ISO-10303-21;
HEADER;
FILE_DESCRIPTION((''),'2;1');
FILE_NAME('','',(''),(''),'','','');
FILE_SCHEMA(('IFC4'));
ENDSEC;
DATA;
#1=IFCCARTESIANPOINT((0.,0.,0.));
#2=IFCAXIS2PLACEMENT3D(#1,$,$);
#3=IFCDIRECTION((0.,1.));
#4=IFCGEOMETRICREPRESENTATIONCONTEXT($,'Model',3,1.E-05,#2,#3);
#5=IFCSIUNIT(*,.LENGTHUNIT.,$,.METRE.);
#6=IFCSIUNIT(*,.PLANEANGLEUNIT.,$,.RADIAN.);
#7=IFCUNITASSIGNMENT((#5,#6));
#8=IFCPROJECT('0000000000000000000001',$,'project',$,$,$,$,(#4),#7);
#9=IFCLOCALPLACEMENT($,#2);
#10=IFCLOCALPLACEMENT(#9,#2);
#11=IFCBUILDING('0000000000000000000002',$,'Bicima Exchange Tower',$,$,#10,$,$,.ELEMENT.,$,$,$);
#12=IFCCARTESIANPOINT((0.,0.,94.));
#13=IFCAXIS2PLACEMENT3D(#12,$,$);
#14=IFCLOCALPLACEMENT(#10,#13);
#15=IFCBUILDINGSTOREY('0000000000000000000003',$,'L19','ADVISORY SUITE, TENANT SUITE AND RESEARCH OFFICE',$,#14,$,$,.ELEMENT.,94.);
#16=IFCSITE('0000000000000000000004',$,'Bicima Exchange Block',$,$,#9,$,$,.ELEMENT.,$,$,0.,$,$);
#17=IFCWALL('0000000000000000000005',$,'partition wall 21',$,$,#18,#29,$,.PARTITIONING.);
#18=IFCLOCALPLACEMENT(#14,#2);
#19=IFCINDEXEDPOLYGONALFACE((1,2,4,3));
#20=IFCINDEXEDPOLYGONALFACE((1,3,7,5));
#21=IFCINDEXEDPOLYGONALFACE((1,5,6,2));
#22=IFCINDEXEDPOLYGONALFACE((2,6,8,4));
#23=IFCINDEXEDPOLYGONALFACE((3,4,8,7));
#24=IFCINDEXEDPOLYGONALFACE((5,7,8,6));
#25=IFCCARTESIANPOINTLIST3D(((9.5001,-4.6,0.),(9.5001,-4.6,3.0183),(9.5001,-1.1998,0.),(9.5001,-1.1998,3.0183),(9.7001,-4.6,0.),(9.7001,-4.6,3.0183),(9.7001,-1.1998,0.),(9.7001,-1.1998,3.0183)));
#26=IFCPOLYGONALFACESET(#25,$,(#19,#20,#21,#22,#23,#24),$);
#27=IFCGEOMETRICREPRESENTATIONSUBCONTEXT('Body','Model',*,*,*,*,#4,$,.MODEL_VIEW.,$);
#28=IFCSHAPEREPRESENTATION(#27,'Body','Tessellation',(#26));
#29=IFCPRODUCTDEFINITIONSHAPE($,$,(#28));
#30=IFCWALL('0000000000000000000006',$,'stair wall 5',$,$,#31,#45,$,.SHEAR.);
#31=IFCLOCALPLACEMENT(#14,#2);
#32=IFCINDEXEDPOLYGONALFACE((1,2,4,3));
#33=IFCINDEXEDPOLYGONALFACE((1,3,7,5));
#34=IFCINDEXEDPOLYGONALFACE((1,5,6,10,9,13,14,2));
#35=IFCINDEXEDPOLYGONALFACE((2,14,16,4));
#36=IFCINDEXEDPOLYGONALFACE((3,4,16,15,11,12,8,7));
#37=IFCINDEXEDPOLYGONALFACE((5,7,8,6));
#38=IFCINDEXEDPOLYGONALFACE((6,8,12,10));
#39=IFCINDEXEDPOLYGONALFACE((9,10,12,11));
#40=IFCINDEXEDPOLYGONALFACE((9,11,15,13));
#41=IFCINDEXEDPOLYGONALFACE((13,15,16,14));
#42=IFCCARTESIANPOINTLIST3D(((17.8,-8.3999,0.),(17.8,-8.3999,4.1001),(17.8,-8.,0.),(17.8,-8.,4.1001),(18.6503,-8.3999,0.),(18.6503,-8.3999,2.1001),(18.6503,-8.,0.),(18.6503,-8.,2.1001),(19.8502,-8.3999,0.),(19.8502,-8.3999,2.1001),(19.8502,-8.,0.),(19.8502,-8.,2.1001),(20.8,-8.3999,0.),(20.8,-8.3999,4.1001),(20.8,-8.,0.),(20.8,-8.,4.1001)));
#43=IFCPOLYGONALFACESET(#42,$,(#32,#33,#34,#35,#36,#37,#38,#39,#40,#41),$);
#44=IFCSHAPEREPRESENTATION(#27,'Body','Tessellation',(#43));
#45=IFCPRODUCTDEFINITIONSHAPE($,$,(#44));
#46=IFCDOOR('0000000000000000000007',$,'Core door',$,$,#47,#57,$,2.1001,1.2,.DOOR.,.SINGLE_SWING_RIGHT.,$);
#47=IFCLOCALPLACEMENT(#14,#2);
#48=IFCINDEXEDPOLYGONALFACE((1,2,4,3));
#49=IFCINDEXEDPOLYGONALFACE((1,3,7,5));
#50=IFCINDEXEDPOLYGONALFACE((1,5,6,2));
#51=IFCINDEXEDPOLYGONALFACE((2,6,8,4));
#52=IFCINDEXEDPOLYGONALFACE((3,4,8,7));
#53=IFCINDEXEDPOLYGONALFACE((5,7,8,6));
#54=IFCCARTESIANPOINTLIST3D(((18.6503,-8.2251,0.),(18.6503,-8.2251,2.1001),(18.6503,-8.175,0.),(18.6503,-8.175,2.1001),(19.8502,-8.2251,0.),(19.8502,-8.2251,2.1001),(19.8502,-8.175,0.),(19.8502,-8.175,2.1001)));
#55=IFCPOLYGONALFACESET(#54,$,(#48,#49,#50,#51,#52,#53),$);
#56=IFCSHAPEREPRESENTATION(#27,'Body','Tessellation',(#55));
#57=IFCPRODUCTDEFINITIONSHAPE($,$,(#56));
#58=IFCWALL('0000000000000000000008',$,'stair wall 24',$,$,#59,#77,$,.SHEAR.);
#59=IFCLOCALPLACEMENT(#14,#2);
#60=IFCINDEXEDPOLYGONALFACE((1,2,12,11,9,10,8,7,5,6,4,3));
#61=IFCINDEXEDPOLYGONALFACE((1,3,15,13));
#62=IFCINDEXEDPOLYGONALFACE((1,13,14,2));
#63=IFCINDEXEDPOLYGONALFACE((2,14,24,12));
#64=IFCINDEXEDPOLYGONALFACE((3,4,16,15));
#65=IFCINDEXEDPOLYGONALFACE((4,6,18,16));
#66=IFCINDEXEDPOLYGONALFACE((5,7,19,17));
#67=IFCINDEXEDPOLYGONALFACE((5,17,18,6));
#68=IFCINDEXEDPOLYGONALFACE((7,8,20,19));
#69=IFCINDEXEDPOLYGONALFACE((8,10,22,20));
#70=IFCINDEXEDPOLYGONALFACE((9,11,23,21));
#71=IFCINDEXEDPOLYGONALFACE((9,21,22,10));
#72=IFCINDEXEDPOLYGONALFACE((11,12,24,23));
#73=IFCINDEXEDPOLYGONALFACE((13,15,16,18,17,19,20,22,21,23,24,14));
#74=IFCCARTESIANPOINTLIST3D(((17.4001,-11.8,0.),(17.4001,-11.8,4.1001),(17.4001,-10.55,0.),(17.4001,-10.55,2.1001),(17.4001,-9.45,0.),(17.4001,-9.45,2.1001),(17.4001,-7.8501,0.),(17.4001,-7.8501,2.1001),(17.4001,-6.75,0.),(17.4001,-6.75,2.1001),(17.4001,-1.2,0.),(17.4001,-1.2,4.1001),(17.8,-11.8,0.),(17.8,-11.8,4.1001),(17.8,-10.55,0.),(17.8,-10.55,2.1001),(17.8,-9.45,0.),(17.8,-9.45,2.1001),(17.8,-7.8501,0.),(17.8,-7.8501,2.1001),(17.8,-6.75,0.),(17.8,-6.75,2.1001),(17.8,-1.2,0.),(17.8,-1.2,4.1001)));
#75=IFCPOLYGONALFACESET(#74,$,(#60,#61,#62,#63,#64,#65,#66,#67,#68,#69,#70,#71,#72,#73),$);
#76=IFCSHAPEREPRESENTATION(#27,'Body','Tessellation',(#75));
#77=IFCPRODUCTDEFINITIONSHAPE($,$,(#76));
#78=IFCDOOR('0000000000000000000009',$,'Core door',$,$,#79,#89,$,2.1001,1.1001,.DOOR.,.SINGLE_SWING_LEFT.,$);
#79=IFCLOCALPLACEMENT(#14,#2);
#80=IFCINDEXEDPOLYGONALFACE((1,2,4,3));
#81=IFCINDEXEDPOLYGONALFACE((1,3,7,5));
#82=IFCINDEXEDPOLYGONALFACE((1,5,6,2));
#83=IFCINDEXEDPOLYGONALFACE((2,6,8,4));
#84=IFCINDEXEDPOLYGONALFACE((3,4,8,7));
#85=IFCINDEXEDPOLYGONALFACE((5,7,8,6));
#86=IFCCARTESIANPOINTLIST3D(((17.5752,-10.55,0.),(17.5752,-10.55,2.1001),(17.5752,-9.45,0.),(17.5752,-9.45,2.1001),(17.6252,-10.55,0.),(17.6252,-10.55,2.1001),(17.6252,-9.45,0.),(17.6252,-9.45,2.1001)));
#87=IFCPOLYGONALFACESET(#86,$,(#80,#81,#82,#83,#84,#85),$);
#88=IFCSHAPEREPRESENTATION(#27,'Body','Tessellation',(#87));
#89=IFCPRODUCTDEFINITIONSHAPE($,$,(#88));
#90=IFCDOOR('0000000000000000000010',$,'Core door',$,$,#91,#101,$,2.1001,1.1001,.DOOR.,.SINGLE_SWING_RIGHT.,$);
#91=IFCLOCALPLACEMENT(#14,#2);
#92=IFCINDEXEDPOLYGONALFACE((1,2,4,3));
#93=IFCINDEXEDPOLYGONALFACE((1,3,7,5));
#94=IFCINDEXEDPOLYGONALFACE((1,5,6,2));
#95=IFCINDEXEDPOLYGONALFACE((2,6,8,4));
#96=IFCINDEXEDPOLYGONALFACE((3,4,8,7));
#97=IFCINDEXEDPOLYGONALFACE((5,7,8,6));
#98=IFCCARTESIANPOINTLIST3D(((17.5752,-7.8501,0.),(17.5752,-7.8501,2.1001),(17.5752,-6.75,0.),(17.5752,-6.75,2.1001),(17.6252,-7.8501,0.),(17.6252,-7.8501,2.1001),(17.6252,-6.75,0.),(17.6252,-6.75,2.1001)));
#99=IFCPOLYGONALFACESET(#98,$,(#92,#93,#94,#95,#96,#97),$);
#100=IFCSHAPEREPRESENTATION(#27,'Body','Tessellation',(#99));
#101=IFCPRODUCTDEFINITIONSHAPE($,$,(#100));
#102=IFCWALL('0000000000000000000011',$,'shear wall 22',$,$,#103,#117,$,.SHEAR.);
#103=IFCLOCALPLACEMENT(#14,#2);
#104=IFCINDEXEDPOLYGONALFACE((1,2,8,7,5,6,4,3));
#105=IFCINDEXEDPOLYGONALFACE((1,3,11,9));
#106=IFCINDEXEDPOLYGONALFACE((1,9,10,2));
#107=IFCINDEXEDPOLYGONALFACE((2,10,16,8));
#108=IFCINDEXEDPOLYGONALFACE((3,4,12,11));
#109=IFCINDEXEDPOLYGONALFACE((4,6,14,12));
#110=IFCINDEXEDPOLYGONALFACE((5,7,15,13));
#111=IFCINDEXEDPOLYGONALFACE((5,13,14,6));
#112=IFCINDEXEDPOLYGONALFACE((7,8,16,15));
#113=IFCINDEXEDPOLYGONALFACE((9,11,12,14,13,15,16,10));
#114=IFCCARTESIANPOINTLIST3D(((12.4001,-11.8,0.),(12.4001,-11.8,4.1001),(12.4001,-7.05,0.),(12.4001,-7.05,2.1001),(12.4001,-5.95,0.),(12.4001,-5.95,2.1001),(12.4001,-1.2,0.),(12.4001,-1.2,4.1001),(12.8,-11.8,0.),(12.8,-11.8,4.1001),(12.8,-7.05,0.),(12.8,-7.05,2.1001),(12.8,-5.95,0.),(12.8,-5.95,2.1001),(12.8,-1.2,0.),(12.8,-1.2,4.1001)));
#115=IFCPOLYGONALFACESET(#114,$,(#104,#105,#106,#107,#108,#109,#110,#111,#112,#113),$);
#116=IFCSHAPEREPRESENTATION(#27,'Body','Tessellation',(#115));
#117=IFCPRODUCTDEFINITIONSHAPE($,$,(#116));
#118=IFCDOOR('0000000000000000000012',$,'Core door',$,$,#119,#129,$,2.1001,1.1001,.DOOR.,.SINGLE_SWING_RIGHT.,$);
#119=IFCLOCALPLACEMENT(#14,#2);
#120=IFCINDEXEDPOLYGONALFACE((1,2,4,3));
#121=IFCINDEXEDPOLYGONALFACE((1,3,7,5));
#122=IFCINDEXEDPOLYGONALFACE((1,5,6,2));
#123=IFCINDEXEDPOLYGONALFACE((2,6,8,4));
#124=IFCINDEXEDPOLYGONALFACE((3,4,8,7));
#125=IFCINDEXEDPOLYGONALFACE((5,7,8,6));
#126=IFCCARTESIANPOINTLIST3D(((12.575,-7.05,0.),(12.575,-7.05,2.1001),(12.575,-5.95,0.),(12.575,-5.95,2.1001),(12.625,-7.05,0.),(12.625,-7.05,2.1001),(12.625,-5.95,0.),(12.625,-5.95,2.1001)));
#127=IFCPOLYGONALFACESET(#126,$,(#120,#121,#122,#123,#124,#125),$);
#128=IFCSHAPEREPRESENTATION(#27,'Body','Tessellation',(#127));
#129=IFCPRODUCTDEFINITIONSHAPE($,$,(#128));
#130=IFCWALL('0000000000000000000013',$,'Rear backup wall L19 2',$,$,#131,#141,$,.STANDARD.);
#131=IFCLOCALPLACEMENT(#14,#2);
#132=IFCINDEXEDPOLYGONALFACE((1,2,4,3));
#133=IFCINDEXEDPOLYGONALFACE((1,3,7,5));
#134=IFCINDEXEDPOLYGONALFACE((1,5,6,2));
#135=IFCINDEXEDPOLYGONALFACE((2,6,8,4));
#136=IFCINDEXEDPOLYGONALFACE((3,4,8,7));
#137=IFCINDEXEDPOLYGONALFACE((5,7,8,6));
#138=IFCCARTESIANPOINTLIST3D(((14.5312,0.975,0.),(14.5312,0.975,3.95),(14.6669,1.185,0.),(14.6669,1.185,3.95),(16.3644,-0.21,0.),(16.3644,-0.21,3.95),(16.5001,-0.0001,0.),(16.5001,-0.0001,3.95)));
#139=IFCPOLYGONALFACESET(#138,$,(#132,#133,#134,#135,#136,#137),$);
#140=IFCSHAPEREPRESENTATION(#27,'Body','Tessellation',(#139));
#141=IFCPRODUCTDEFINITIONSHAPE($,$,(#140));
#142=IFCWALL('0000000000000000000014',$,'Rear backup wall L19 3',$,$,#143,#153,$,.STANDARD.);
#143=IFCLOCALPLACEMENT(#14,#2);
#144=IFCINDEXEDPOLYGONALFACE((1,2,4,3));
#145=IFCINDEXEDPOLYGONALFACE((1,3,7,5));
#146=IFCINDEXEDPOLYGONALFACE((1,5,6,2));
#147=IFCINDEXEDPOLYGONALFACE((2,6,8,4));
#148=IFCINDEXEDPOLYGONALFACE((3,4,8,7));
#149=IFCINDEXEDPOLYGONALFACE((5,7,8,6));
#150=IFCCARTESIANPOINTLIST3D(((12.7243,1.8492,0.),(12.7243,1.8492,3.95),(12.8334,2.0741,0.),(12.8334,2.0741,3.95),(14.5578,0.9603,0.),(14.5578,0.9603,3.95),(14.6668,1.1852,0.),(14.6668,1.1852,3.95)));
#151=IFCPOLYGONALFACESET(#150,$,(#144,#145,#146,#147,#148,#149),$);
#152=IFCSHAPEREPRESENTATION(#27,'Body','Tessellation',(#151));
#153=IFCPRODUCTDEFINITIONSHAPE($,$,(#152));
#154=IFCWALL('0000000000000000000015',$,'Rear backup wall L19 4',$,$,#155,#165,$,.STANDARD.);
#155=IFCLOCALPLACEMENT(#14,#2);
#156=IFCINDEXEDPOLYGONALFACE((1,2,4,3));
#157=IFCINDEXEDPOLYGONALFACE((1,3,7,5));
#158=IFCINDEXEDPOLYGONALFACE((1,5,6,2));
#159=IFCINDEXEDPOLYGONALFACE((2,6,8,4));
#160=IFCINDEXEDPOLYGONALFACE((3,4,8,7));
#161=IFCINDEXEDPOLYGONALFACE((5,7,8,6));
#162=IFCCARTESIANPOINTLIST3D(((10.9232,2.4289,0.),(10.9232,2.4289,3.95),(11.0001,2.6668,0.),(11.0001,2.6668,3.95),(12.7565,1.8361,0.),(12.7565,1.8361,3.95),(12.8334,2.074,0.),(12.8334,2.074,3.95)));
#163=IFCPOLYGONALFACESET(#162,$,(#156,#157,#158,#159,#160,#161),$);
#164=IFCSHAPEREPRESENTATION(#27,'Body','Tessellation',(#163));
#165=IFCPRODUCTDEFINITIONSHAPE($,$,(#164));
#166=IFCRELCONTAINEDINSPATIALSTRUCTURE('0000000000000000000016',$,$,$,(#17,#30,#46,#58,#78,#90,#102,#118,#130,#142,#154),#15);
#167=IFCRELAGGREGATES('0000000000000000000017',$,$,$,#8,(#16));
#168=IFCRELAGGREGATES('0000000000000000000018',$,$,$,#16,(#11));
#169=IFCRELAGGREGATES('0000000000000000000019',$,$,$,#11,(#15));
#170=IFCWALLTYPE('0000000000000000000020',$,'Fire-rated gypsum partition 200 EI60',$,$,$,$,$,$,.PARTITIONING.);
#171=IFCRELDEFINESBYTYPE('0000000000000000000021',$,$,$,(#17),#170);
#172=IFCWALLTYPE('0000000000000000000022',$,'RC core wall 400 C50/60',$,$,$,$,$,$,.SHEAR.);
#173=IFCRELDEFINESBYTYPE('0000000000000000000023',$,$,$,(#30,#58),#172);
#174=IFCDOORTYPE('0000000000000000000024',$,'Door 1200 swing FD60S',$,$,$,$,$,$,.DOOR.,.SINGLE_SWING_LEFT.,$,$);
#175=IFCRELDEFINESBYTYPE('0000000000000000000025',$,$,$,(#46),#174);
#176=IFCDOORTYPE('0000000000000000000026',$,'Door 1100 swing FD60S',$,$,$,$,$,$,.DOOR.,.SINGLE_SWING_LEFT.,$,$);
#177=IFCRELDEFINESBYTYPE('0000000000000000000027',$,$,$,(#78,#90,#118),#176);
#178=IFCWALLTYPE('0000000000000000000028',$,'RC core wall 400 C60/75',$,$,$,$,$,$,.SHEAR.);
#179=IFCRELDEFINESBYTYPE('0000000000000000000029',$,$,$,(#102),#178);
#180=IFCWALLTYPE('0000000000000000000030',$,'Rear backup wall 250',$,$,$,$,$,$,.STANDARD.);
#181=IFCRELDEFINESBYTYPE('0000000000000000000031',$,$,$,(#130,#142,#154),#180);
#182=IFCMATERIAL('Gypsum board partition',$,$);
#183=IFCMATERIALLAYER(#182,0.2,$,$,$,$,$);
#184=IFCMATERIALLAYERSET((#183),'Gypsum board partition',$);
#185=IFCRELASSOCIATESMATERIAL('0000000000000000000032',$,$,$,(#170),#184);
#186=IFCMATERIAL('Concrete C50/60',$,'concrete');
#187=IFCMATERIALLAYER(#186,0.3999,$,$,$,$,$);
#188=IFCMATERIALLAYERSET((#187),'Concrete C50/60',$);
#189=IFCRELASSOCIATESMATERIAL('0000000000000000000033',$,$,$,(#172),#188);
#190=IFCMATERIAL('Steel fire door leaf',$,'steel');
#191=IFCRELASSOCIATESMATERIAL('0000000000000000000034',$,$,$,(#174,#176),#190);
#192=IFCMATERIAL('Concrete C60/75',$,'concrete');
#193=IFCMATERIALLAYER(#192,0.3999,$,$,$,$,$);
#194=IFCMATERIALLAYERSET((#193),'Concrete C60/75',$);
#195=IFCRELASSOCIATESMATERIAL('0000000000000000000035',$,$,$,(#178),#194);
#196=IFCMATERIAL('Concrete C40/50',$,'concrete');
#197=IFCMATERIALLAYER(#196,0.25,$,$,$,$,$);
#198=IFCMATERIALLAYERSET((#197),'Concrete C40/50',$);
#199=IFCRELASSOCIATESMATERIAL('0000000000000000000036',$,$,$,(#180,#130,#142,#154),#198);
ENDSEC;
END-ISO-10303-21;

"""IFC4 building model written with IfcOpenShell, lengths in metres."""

from ifc_helpers import new_model, si_unit, direction, frame, frame_2d, origin, place, context, subcontext, project, spatial, rectangle, extrude, material, layer, layer_set, layer_usage, type_object, element, fill, save


model = new_model("IFC4")

# Units and contexts
model_context = context("Model", 3, precision=1e-05, world=origin(), true_north=direction((0.0, 1.0)))
body_context = subcontext(model_context, "Body", "Model", "MODEL_VIEW")
ifc_project = project(units=[si_unit("LENGTHUNIT", "METRE"), si_unit("PLANEANGLEUNIT", "RADIAN")], contexts=[model_context])

# Site, building, storey
site_placement = place(None, origin())
site = spatial("IfcSite", under=ifc_project, at=site_placement, Name="Bicima Exchange Block", CompositionType="ELEMENT", RefElevation=0.0)
building_placement = place(site_placement, origin())
building = spatial("IfcBuilding", under=site, at=building_placement, Name="Bicima Exchange Tower", CompositionType="ELEMENT")
storey_placement = place(building_placement, frame((0.0, 0.0, 94.0)))
storey = spatial("IfcBuildingStorey", under=building, at=storey_placement, Name="L19", Description="ADVISORY SUITE, TENANT SUITE AND RESEARCH OFFICE", CompositionType="ELEMENT", Elevation=94.0)

# Wall
ifc_material_1 = material(Name="Gypsum board partition")
ifc_layer_1 = layer(ifc_material_1, 0.2)
ifc_layer_set_1 = layer_set([ifc_layer_1], Name="Gypsum board partition")
wall_type_1 = type_object("IfcWallType", Name="Fire-rated gypsum partition 200 EI60", PredefinedType="PARTITIONING", material=ifc_layer_set_1)
wall_1_placement = place(storey_placement, frame((9.6001, -4.6001, 0.0), z_axis=(0.0, 0.0, 1.0), x_axis=(0.0, 1.0, 0.0)))
element("IfcWall", 1, at=wall_1_placement, inside=storey, type_object=wall_type_1, Name="partition wall 21", PredefinedType="PARTITIONING", context=body_context, shape_type="SweptSolid", body=[
    extrude(rectangle(XDim=3.4001, YDim=0.2, at=frame_2d((1.7002, 0.0))), origin(), (0.0, 0.0, 1.0), 3.0183),
])

# Wall, opening, door
ifc_material_2 = material(Name="Concrete C50/60", Category="concrete")
ifc_layer_2 = layer(ifc_material_2, 0.3999)
ifc_layer_set_2 = layer_set([ifc_layer_2], Name="Concrete C50/60")
wall_type_2 = type_object("IfcWallType", Name="RC core wall 400 C50/60", PredefinedType="SHEAR", material=ifc_layer_set_2)
wall_2_placement = place(storey_placement, frame((17.8, -8.2, 0.0), z_axis=(0.0, 0.0, 1.0), x_axis=(1.0, 0.0, 0.0)))
wall_2 = element("IfcWall", 2, at=wall_2_placement, inside=storey, type_object=wall_type_2, Name="stair wall 5", PredefinedType="SHEAR", context=body_context, shape_type="SweptSolid", body=[
    extrude(rectangle(XDim=3.0, YDim=0.3999, at=frame_2d((1.5, 0.0))), origin(), (0.0, 0.0, 1.0), 4.1001),
])
opening_1_placement = place(wall_2_placement, frame((0.8501, 0.0, 0.0)))
opening_1 = element("IfcOpeningElement", 3, at=opening_1_placement, cuts=wall_2, PredefinedType="OPENING", context=body_context, shape_type="SweptSolid", body=[
    extrude(rectangle(XDim=1.2, YDim=2.1001, at=frame_2d((0.6001, 1.05))), frame((0.0, 0.2119, 0.0), z_axis=(0.0, -1.0, 0.0), x_axis=(1.0, 0.0, 0.0)), (0.0, 0.0, 1.0), 0.4238),
])
ifc_material_3 = material(Name="Steel fire door leaf", Category="steel")
door_type_1 = type_object("IfcDoorType", Name="Door 1200 swing FD60S", OperationType="SINGLE_SWING_LEFT", PredefinedType="DOOR", material=ifc_material_3)
door_1_placement = place(opening_1_placement, origin())
door_1 = element("IfcDoor", 4, at=door_1_placement, inside=storey, type_object=door_type_1, Name="Core door", OperationType="SINGLE_SWING_RIGHT", OverallHeight=2.1001, OverallWidth=1.2, PredefinedType="DOOR", context=body_context, shape_type="SweptSolid", body=[
    extrude(rectangle(XDim=1.2, YDim=2.1001, at=frame_2d((0.6001, 1.05))), frame((0.0, 0.0249, 0.0), z_axis=(0.0, -1.0, 0.0), x_axis=(1.0, 0.0, 0.0)), (0.0, 0.0, 1.0), 0.05),
])
fill(opening_1, door_1)

# Wall, openings, doors
wall_3_placement = place(storey_placement, frame((17.6001, -11.8, 0.0), z_axis=(0.0, 0.0, 1.0), x_axis=(0.0, 1.0, 0.0)))
wall_3 = element("IfcWall", 5, at=wall_3_placement, inside=storey, type_object=wall_type_2, Name="stair wall 24", PredefinedType="SHEAR", context=body_context, shape_type="SweptSolid", body=[
    extrude(rectangle(XDim=10.6001, YDim=0.3999, at=frame_2d((5.3, 0.0))), origin(), (0.0, 0.0, 1.0), 4.1001),
])
opening_2_placement = place(wall_3_placement, frame((1.25, 0.0, 0.0)))
opening_2 = element("IfcOpeningElement", 6, at=opening_2_placement, cuts=wall_3, PredefinedType="OPENING", context=body_context, shape_type="SweptSolid", body=[
    extrude(rectangle(XDim=1.1001, YDim=2.1001, at=frame_2d((0.55, 1.05))), frame((0.0, 0.2119, 0.0), z_axis=(0.0, -1.0, 0.0), x_axis=(1.0, 0.0, 0.0)), (0.0, 0.0, 1.0), 0.4238),
])
opening_3_placement = place(wall_3_placement, frame((3.95, 0.0, 0.0)))
opening_3 = element("IfcOpeningElement", 7, at=opening_3_placement, cuts=wall_3, PredefinedType="OPENING", context=body_context, shape_type="SweptSolid", body=[
    extrude(rectangle(XDim=1.1001, YDim=2.1001, at=frame_2d((0.55, 1.05))), frame((0.0, 0.2119, 0.0), z_axis=(0.0, -1.0, 0.0), x_axis=(1.0, 0.0, 0.0)), (0.0, 0.0, 1.0), 0.4238),
])
door_type_2 = type_object("IfcDoorType", Name="Door 1100 swing FD60S", OperationType="SINGLE_SWING_LEFT", PredefinedType="DOOR", material=ifc_material_3)
door_2_placement = place(opening_2_placement, origin())
door_2 = element("IfcDoor", 8, at=door_2_placement, inside=storey, type_object=door_type_2, Name="Core door", OperationType="SINGLE_SWING_LEFT", OverallHeight=2.1001, OverallWidth=1.1001, PredefinedType="DOOR", context=body_context, shape_type="SweptSolid", body=[
    extrude(rectangle(XDim=1.1001, YDim=2.1001, at=frame_2d((0.55, 1.05))), frame((0.0, 0.0249, 0.0), z_axis=(0.0, -1.0, 0.0), x_axis=(1.0, 0.0, 0.0)), (0.0, 0.0, 1.0), 0.05),
])
fill(opening_2, door_2)
door_3_placement = place(opening_3_placement, origin())
door_3 = element("IfcDoor", 9, at=door_3_placement, inside=storey, type_object=door_type_2, Name="Core door", OperationType="SINGLE_SWING_RIGHT", OverallHeight=2.1001, OverallWidth=1.1001, PredefinedType="DOOR", context=body_context, shape_type="SweptSolid", body=[
    extrude(rectangle(XDim=1.1001, YDim=2.1001, at=frame_2d((0.55, 1.05))), frame((0.0, 0.0249, 0.0), z_axis=(0.0, -1.0, 0.0), x_axis=(1.0, 0.0, 0.0)), (0.0, 0.0, 1.0), 0.05),
])
fill(opening_3, door_3)

# Wall, opening, door
ifc_material_4 = material(Name="Concrete C60/75", Category="concrete")
ifc_layer_3 = layer(ifc_material_4, 0.3999)
ifc_layer_set_3 = layer_set([ifc_layer_3], Name="Concrete C60/75")
wall_type_3 = type_object("IfcWallType", Name="RC core wall 400 C60/75", PredefinedType="SHEAR", material=ifc_layer_set_3)
wall_4_placement = place(storey_placement, frame((12.6001, -11.8, 0.0), z_axis=(0.0, 0.0, 1.0), x_axis=(0.0, 1.0, 0.0)))
wall_4 = element("IfcWall", 10, at=wall_4_placement, inside=storey, type_object=wall_type_3, Name="shear wall 22", PredefinedType="SHEAR", context=body_context, shape_type="SweptSolid", body=[
    extrude(rectangle(XDim=10.6001, YDim=0.3999, at=frame_2d((5.3, 0.0))), origin(), (0.0, 0.0, 1.0), 4.1001),
])
opening_4_placement = place(wall_4_placement, frame((4.75, 0.0, 0.0)))
opening_4 = element("IfcOpeningElement", 11, at=opening_4_placement, cuts=wall_4, PredefinedType="OPENING", context=body_context, shape_type="SweptSolid", body=[
    extrude(rectangle(XDim=1.1001, YDim=2.1001, at=frame_2d((0.55, 1.05))), frame((0.0, 0.2119, 0.0), z_axis=(0.0, -1.0, 0.0), x_axis=(1.0, 0.0, 0.0)), (0.0, 0.0, 1.0), 0.4238),
])
door_4_placement = place(opening_4_placement, frame((1.1001, 0.0, 0.0), z_axis=(0.0, 0.0, 1.0), x_axis=(-1.0, 0.0, 0.0)))
door_4 = element("IfcDoor", 12, at=door_4_placement, inside=storey, type_object=door_type_2, Name="Core door", OperationType="SINGLE_SWING_RIGHT", OverallHeight=2.1001, OverallWidth=1.1001, PredefinedType="DOOR", context=body_context, shape_type="SweptSolid", body=[
    extrude(rectangle(XDim=1.1001, YDim=2.1001, at=frame_2d((0.55, 1.05))), frame((0.0, 0.0249, 0.0), z_axis=(0.0, -1.0, 0.0), x_axis=(1.0, 0.0, 0.0)), (0.0, 0.0, 1.0), 0.05),
])
fill(opening_4, door_4)

# Walls
ifc_material_5 = material(Name="Concrete C40/50", Category="concrete")
ifc_layer_4 = layer(ifc_material_5, 0.25)
ifc_layer_set_4 = layer_set([ifc_layer_4], Name="Concrete C40/50")
ifc_layer_usage = layer_usage(ifc_layer_set_4, "AXIS2", "POSITIVE", -0.125)
wall_type_4 = type_object("IfcWallType", Name="Rear backup wall 250", PredefinedType="STANDARD", material=ifc_layer_set_4)
wall_5_placement = place(storey_placement, frame((16.4321, -0.105, 0.0), z_axis=(0.0, 0.0, 1.0), x_axis=(-0.839813, 0.542876, 0.0)))
element("IfcWall", 13, at=wall_5_placement, inside=storey, type_object=wall_type_4, material=ifc_layer_usage, Name="Rear backup wall L19 2", PredefinedType="STANDARD", context=body_context, shape_type="SweptSolid", body=[
    extrude(rectangle(XDim=2.1829, YDim=0.25, at=frame_2d((1.0913, 0.0))), origin(), (0.0, 0.0, 1.0), 3.95),
])
wall_6_placement = place(storey_placement, frame((14.6123, 1.0728, 0.0), z_axis=(0.0, 0.0, 1.0), x_axis=(-0.899824, 0.436253, 0.0)))
element("IfcWall", 14, at=wall_6_placement, inside=storey, type_object=wall_type_4, material=ifc_layer_usage, Name="Rear backup wall L19 3", PredefinedType="STANDARD", context=body_context, shape_type="SweptSolid", body=[
    extrude(rectangle(XDim=2.0376, YDim=0.25, at=frame_2d((1.0188, 0.0))), origin(), (0.0, 0.0, 1.0), 3.95),
])
wall_7_placement = place(storey_placement, frame((12.7949, 1.9551, 0.0), z_axis=(0.0, 0.0, 1.0), x_axis=(-0.951496, 0.307662, 0.0)))
element("IfcWall", 15, at=wall_7_placement, inside=storey, type_object=wall_type_4, material=ifc_layer_usage, Name="Rear backup wall L19 4", PredefinedType="STANDARD", context=body_context, shape_type="SweptSolid", body=[
    extrude(rectangle(XDim=1.9268, YDim=0.25, at=frame_2d((0.9634, 0.0))), origin(), (0.0, 0.0, 1.0), 3.95),
])

save(model, "model.ifc")
